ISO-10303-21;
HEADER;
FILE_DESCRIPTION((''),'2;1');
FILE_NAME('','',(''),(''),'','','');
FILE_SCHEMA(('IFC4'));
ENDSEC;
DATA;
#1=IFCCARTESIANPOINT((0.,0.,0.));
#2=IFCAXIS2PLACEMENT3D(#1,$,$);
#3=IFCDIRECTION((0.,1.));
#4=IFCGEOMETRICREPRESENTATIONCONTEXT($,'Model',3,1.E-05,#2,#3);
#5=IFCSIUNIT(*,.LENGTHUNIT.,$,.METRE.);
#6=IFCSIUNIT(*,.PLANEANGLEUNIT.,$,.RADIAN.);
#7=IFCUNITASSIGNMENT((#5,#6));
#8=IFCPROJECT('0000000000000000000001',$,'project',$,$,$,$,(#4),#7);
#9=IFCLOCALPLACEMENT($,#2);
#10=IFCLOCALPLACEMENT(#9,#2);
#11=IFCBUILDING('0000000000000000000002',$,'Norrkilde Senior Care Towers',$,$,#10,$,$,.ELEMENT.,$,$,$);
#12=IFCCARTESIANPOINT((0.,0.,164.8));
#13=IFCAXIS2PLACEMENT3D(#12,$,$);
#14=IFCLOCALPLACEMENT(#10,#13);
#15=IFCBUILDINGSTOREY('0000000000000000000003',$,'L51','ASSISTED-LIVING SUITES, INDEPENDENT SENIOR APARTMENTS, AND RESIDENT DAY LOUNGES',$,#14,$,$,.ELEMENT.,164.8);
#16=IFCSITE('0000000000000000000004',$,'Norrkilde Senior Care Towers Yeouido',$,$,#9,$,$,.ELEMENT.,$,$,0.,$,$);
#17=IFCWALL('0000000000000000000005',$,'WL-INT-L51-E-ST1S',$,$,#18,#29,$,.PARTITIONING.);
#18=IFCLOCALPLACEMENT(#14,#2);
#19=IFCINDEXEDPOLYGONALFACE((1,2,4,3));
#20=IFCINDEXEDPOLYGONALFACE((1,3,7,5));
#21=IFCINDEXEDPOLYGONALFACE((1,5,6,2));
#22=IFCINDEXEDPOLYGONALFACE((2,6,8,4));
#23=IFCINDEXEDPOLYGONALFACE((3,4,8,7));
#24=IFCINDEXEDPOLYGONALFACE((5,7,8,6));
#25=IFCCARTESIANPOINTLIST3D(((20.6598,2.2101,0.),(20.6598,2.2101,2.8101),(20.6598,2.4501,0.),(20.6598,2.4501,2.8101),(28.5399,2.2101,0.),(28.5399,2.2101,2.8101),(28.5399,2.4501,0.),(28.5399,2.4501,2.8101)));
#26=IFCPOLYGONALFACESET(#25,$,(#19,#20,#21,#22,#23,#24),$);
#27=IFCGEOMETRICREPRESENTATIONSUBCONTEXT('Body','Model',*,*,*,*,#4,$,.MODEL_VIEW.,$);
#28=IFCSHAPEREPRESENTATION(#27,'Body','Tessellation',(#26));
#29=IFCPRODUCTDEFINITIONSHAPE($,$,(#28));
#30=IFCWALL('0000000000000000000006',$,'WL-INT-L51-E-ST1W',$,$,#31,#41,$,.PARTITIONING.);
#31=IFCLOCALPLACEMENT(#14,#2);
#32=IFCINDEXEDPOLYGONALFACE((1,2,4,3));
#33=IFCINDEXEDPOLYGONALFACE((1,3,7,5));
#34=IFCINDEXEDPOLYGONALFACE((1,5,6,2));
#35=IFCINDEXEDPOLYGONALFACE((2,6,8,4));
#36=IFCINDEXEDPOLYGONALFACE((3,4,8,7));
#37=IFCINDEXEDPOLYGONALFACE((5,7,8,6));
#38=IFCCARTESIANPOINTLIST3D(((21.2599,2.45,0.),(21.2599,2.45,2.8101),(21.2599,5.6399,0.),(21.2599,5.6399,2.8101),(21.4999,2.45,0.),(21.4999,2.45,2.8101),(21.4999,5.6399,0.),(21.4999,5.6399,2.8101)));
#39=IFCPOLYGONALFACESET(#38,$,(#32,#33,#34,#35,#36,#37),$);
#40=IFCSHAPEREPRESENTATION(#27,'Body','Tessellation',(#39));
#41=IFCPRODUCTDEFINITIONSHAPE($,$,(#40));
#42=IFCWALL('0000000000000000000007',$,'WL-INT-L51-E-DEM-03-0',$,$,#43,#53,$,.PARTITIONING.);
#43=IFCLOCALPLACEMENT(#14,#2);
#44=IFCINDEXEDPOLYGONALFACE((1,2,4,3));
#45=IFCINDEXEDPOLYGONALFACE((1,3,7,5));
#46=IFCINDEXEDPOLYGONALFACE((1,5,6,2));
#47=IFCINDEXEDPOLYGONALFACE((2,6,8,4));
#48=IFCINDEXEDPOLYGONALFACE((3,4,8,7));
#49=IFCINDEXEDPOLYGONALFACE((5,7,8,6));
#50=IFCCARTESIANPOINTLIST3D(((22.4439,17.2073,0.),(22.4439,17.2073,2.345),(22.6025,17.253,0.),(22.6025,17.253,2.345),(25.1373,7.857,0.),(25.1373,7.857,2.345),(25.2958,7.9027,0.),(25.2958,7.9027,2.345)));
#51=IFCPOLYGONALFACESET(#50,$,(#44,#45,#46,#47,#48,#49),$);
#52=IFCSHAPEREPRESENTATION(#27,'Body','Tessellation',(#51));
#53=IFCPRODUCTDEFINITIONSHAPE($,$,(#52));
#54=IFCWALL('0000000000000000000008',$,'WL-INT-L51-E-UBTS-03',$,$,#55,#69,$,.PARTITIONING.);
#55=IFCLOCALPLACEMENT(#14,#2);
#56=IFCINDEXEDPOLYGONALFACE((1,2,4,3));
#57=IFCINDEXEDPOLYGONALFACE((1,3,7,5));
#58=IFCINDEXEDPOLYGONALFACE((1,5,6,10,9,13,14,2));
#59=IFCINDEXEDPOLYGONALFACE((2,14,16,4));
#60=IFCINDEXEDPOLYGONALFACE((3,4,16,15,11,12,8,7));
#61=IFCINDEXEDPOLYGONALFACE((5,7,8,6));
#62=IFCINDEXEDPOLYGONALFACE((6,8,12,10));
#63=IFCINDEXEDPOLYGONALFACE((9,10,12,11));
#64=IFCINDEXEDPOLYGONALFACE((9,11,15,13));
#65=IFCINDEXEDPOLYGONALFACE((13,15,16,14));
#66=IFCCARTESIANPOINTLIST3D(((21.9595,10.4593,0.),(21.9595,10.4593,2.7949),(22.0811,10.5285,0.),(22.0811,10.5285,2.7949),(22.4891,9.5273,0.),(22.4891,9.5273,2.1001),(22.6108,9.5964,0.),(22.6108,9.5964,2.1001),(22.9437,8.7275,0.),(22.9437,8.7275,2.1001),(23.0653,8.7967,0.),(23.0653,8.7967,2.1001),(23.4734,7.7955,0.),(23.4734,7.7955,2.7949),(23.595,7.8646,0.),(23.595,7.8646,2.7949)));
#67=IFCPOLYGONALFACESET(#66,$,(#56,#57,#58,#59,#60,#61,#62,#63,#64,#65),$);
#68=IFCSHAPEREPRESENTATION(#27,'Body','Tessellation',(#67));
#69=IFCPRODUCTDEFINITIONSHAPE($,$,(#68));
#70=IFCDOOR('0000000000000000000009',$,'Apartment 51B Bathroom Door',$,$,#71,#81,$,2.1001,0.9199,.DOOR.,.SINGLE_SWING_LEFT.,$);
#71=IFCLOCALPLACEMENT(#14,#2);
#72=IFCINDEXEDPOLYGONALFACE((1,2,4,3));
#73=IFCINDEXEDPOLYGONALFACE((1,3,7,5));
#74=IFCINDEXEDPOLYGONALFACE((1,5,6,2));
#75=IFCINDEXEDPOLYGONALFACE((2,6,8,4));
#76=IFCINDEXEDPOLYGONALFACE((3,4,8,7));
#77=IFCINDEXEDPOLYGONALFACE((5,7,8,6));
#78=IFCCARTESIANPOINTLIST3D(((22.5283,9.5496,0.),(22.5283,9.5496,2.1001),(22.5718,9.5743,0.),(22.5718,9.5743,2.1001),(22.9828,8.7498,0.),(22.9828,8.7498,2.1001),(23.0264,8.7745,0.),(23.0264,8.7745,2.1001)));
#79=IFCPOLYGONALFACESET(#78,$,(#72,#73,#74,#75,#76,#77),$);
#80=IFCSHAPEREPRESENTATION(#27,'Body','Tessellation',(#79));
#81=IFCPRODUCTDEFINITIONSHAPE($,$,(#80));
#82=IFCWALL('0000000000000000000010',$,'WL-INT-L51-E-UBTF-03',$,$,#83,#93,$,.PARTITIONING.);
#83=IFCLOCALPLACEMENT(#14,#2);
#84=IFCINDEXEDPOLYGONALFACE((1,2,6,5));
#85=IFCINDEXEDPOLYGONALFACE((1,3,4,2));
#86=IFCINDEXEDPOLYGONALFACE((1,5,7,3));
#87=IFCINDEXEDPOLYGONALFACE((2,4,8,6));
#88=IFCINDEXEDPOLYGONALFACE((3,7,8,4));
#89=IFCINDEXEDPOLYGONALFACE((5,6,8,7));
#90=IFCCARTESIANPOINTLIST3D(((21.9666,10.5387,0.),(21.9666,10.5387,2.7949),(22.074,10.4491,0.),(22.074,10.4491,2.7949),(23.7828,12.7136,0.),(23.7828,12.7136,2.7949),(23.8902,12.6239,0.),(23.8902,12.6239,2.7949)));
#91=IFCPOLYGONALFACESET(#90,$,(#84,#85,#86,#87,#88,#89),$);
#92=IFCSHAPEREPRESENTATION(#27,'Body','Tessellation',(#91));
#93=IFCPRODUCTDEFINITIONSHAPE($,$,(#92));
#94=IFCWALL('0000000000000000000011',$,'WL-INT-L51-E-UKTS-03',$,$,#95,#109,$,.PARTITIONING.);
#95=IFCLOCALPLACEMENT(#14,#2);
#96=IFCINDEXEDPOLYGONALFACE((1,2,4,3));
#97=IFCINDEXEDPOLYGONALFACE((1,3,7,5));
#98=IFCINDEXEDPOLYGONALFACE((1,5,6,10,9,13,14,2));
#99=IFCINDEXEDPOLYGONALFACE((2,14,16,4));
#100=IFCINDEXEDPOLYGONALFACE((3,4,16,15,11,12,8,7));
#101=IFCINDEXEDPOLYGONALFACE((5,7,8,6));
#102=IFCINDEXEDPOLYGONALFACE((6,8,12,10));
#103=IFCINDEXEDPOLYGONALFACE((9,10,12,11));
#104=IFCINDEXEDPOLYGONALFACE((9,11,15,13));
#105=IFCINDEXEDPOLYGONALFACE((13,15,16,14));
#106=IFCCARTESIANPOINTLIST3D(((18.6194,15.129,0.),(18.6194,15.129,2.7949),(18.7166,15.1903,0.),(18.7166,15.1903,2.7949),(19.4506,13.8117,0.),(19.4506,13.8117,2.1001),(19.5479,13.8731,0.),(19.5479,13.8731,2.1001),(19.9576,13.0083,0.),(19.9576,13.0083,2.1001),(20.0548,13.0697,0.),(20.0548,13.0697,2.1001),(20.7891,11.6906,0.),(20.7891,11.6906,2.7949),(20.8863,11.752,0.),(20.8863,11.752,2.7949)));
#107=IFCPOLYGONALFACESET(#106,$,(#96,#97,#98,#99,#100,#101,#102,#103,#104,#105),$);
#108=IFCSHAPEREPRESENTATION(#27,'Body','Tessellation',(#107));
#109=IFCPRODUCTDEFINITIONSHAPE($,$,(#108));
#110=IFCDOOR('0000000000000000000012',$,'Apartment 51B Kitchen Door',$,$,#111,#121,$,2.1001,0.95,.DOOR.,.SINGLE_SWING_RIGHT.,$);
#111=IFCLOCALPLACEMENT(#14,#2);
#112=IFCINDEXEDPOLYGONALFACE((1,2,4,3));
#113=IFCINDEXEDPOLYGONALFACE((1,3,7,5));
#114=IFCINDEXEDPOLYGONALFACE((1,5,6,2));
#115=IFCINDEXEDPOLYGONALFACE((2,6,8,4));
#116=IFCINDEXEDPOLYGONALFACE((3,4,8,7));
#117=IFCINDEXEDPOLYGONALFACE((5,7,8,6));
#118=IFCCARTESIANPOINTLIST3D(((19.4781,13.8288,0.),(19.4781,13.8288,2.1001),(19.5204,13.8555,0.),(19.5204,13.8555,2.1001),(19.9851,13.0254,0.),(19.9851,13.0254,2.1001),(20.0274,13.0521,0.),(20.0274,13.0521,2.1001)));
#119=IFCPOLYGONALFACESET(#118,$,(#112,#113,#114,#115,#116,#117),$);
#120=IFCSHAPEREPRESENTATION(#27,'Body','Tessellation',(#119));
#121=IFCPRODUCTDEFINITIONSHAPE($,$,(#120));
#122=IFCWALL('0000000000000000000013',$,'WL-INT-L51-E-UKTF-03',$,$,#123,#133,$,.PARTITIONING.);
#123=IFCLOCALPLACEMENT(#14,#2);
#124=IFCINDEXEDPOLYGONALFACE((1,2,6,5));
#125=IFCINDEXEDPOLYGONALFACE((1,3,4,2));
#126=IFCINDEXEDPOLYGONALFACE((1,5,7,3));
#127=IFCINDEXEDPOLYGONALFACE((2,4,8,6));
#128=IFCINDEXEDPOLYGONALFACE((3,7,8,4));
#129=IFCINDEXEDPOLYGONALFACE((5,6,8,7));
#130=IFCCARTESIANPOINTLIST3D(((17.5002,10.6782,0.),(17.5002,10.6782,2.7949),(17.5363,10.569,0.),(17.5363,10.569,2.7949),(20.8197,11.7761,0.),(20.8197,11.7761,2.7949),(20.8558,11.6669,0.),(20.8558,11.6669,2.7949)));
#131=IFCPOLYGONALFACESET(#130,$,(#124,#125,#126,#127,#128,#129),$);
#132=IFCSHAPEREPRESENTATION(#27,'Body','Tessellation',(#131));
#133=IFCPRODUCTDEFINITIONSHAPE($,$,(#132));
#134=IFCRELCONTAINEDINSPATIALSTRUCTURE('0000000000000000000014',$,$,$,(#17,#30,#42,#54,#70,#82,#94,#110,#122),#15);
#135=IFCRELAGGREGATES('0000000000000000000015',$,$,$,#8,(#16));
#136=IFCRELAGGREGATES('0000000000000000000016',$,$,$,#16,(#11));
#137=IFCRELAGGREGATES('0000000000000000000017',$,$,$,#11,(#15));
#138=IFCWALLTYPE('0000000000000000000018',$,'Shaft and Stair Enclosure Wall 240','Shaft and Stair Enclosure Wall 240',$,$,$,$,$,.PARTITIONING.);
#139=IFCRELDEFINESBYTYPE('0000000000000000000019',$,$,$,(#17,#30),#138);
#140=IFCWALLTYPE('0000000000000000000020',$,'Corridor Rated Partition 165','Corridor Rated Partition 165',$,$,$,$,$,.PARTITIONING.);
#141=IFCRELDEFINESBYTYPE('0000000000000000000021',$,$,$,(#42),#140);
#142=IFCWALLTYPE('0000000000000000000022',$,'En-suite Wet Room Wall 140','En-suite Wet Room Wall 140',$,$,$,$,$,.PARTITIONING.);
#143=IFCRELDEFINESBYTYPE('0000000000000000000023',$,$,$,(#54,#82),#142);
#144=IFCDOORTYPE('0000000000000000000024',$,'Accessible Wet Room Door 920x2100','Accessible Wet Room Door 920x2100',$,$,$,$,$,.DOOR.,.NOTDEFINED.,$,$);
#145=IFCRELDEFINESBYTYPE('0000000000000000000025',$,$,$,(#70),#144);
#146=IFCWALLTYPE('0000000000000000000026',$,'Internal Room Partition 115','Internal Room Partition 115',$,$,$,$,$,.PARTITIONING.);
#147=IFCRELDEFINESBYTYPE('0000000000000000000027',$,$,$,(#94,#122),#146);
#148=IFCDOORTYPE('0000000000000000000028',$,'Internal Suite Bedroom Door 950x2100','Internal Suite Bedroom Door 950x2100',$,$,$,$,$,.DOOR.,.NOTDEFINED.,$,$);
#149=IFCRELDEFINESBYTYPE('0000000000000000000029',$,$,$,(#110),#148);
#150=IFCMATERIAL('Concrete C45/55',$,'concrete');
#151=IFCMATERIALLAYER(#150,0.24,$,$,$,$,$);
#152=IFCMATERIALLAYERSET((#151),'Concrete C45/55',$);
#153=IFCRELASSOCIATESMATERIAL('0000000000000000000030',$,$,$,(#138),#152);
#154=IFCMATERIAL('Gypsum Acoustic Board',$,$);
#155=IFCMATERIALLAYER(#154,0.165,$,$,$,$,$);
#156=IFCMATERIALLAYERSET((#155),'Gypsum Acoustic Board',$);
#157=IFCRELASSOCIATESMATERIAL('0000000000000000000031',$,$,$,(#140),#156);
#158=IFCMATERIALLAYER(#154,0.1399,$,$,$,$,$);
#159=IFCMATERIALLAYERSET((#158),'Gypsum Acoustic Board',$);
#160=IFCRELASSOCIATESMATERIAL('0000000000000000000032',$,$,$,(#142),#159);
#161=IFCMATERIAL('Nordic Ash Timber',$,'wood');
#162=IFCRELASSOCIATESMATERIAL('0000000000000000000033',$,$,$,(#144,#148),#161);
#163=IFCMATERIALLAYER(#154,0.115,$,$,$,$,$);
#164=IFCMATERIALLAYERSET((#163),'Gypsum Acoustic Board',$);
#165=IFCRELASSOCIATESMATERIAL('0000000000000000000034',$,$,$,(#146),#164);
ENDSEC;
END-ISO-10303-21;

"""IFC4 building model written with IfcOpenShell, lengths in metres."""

from ifc_helpers import new_model, si_unit, direction, frame, frame_2d, origin, place, context, subcontext, project, spatial, rectangle, extrude, source, transform, mapped, material, layer, layer_set, type_object, type_shapes, element, fill, save


model = new_model("IFC4")

# Units and contexts
model_context = context("Model", 3, precision=1e-05, world=origin(), true_north=direction((0.0, 1.0)))
body_context = subcontext(model_context, "Body", "Model", "MODEL_VIEW")
ifc_project = project(units=[si_unit("LENGTHUNIT", "METRE"), si_unit("PLANEANGLEUNIT", "RADIAN")], contexts=[model_context])

# Site, building, storey
site_placement = place(None, origin())
site = spatial("IfcSite", under=ifc_project, at=site_placement, Name="Norrkilde Senior Care Towers Yeouido", CompositionType="ELEMENT", RefElevation=0.0)
building_placement = place(site_placement, origin())
building = spatial("IfcBuilding", under=site, at=building_placement, Name="Norrkilde Senior Care Towers", CompositionType="ELEMENT")
storey_placement = place(building_placement, frame((0.0, 0.0, 164.8)))
storey = spatial("IfcBuildingStorey", under=building, at=storey_placement, Name="L51", Description="ASSISTED-LIVING SUITES, INDEPENDENT SENIOR APARTMENTS, AND RESIDENT DAY LOUNGES", CompositionType="ELEMENT", Elevation=164.8)

# Walls
ifc_material_1 = material(Name="Concrete C45/55", Category="concrete")
ifc_layer_1 = layer(ifc_material_1, 0.24)
ifc_layer_set_1 = layer_set([ifc_layer_1], Name="Concrete C45/55")
wall_type_1 = type_object("IfcWallType", Name="Shaft and Stair Enclosure Wall 240", Description="Shaft and Stair Enclosure Wall 240", PredefinedType="PARTITIONING", material=ifc_layer_set_1)
shared_shape_1 = source(origin(), body_context, "Body", "SweptSolid", [
    extrude(rectangle(XDim=7.8801, YDim=0.24, at=frame_2d((3.9399, 0.0))), origin(), (0.0, 0.0, 1.0), 2.8101),
])
wall_1_placement = place(storey_placement, frame((20.6599, 2.3301, 0.0), z_axis=(0.0, 0.0, 1.0), x_axis=(1.0, 0.0, 0.0)))
element("IfcWall", 1, at=wall_1_placement, inside=storey, type_object=wall_type_1, Name="WL-INT-L51-E-ST1S", PredefinedType="PARTITIONING", context=body_context, shape_type="MappedRepresentation", body=[
    mapped(shared_shape_1, transform((0.0, 0.0, 0.0), x_axis=(1.0, 0.0, 0.0), y_axis=(0.0, 1.0, 0.0), z_axis=(0.0, 0.0, 1.0), scale=1.0)),
])
shared_shape_2 = source(origin(), body_context, "Body", "SweptSolid", [
    extrude(rectangle(XDim=3.1899, YDim=0.24, at=frame_2d((1.595, 0.0))), origin(), (0.0, 0.0, 1.0), 2.8101),
])
type_shapes(wall_type_1, [shared_shape_1, shared_shape_2])
wall_2_placement = place(storey_placement, frame((21.3799, 2.45, 0.0), z_axis=(0.0, 0.0, 1.0), x_axis=(0.0, 1.0, 0.0)))
element("IfcWall", 2, at=wall_2_placement, inside=storey, type_object=wall_type_1, Name="WL-INT-L51-E-ST1W", PredefinedType="PARTITIONING", context=body_context, shape_type="MappedRepresentation", body=[
    mapped(shared_shape_2, transform((0.0, 0.0, 0.0), x_axis=(1.0, 0.0, 0.0), y_axis=(0.0, 1.0, 0.0), z_axis=(0.0, 0.0, 1.0), scale=1.0)),
])
ifc_material_2 = material(Name="Gypsum Acoustic Board")
ifc_layer_2 = layer(ifc_material_2, 0.165)
ifc_layer_set_2 = layer_set([ifc_layer_2], Name="Gypsum Acoustic Board")
wall_type_2 = type_object("IfcWallType", Name="Corridor Rated Partition 165", Description="Corridor Rated Partition 165", PredefinedType="PARTITIONING", material=ifc_layer_set_2)
shared_shape_3 = source(origin(), body_context, "Body", "SweptSolid", [
    extrude(rectangle(XDim=9.7305, YDim=0.165, at=frame_2d((4.8652, 0.0))), origin(), (0.0, 0.0, 1.0), 2.345),
])
type_shapes(wall_type_2, [shared_shape_3])
wall_3_placement = place(storey_placement, frame((25.2166, 7.8799, 0.0), z_axis=(0.0, 0.0, 1.0), x_axis=(-0.276795, 0.960929, 0.0)))
element("IfcWall", 3, at=wall_3_placement, inside=storey, type_object=wall_type_2, Name="WL-INT-L51-E-DEM-03-0", PredefinedType="PARTITIONING", context=body_context, shape_type="MappedRepresentation", body=[
    mapped(shared_shape_3, transform((0.0, 0.0, 0.0), x_axis=(1.0, 0.0, 0.0), y_axis=(0.0, 1.0, 0.0), z_axis=(0.0, 0.0, 1.0), scale=1.0)),
])

# Wall, opening, door
ifc_layer_3 = layer(ifc_material_2, 0.1399)
ifc_layer_set_3 = layer_set([ifc_layer_3], Name="Gypsum Acoustic Board")
wall_type_3 = type_object("IfcWallType", Name="En-suite Wet Room Wall 140", Description="En-suite Wet Room Wall 140", PredefinedType="PARTITIONING", material=ifc_layer_set_3)
shared_shape_4 = source(origin(), body_context, "Body", "SweptSolid", [
    extrude(rectangle(XDim=3.064, YDim=0.1399, at=frame_2d((1.532, 0.0))), origin(), (0.0, 0.0, 1.0), 2.7949),
])
wall_4_placement = place(storey_placement, frame((23.5342, 7.8301, 0.0), z_axis=(0.0, 0.0, 1.0), x_axis=(-0.494104, 0.869403, 0.0)))
wall_4 = element("IfcWall", 4, at=wall_4_placement, inside=storey, type_object=wall_type_3, Name="WL-INT-L51-E-UBTS-03", PredefinedType="PARTITIONING", context=body_context, shape_type="MappedRepresentation", body=[
    mapped(shared_shape_4, transform((0.0, 0.0, 0.0), x_axis=(1.0, 0.0, 0.0), y_axis=(0.0, 1.0, 0.0), z_axis=(0.0, 0.0, 1.0), scale=1.0)),
])
opening_1_placement = place(wall_4_placement, frame((1.072, 0.0, 0.0)))
opening_1 = element("IfcOpeningElement", 5, at=opening_1_placement, cuts=wall_4, PredefinedType="OPENING", context=body_context, shape_type="SweptSolid", body=[
    extrude(rectangle(XDim=0.9199, YDim=2.1001, at=frame_2d((0.46, 1.05))), frame((0.0, 0.0798, 0.0), z_axis=(0.0, -1.0, 0.0), x_axis=(1.0, 0.0, 0.0)), (0.0, 0.0, 1.0), 0.1599),
])
ifc_material_3 = material(Name="Nordic Ash Timber", Category="wood")
door_type_1 = type_object("IfcDoorType", Name="Accessible Wet Room Door 920x2100", Description="Accessible Wet Room Door 920x2100", OperationType="NOTDEFINED", PredefinedType="DOOR", material=ifc_material_3)
shared_shape_5 = source(origin(), body_context, "Body", "SweptSolid", [
    extrude(rectangle(XDim=0.9199, YDim=2.1001, at=frame_2d((0.46, 1.05))), frame((0.0, 0.0249, 0.0), z_axis=(0.0, -1.0, 0.0), x_axis=(1.0, 0.0, 0.0)), (0.0, 0.0, 1.0), 0.05),
])
type_shapes(door_type_1, [shared_shape_5])
door_1_placement = place(opening_1_placement, origin())
door_1 = element("IfcDoor", 6, at=door_1_placement, inside=storey, type_object=door_type_1, Name="Apartment 51B Bathroom Door", OperationType="SINGLE_SWING_LEFT", OverallHeight=2.1001, OverallWidth=0.9199, PredefinedType="DOOR", context=body_context, shape_type="MappedRepresentation", body=[
    mapped(shared_shape_5, transform((0.0, 0.0, 0.0), x_axis=(1.0, 0.0, 0.0), y_axis=(0.0, 1.0, 0.0), z_axis=(0.0, 0.0, 1.0), scale=1.0)),
])
fill(opening_1, door_1)

# Wall
shared_shape_6 = source(origin(), body_context, "Body", "SweptSolid", [
    extrude(rectangle(XDim=2.8335, YDim=0.1399, at=frame_2d((1.4167, 0.0))), origin(), (0.0, 0.0, 1.0), 2.7949),
])
type_shapes(wall_type_3, [shared_shape_4, shared_shape_6])
wall_5_placement = place(storey_placement, frame((22.0203, 10.4939, 0.0), z_axis=(0.0, 0.0, 1.0), x_axis=(0.640981, 0.767557, 0.0)))
element("IfcWall", 7, at=wall_5_placement, inside=storey, type_object=wall_type_3, Name="WL-INT-L51-E-UBTF-03", PredefinedType="PARTITIONING", context=body_context, shape_type="MappedRepresentation", body=[
    mapped(shared_shape_6, transform((0.0, 0.0, 0.0), x_axis=(1.0, 0.0, 0.0), y_axis=(0.0, 1.0, 0.0), z_axis=(0.0, 0.0, 1.0), scale=1.0)),
])

# Wall, opening, door
ifc_layer_4 = layer(ifc_material_2, 0.115)
ifc_layer_set_4 = layer_set([ifc_layer_4], Name="Gypsum Acoustic Board")
wall_type_4 = type_object("IfcWallType", Name="Internal Room Partition 115", Description="Internal Room Partition 115", PredefinedType="PARTITIONING", material=ifc_layer_set_4)
shared_shape_7 = source(origin(), body_context, "Body", "SweptSolid", [
    extrude(rectangle(XDim=4.0657, YDim=0.115, at=frame_2d((2.0327, 0.0))), origin(), (0.0, 0.0, 1.0), 2.7949),
])
wall_6_placement = place(storey_placement, frame((20.8376, 11.7214, 0.0), z_axis=(0.0, 0.0, 1.0), x_axis=(-0.53367, 0.845693, 0.0)))
wall_6 = element("IfcWall", 8, at=wall_6_placement, inside=storey, type_object=wall_type_4, Name="WL-INT-L51-E-UKTS-03", PredefinedType="PARTITIONING", context=body_context, shape_type="MappedRepresentation", body=[
    mapped(shared_shape_7, transform((0.0, 0.0, 0.0), x_axis=(1.0, 0.0, 0.0), y_axis=(0.0, 1.0, 0.0), z_axis=(0.0, 0.0, 1.0), scale=1.0)),
])
opening_2_placement = place(wall_6_placement, frame((1.5579, 0.0, 0.0)))
opening_2 = element("IfcOpeningElement", 9, at=opening_2_placement, cuts=wall_6, PredefinedType="OPENING", context=body_context, shape_type="SweptSolid", body=[
    extrude(rectangle(XDim=0.95, YDim=2.1001, at=frame_2d((0.4751, 1.05))), frame((0.0, 0.0674, 0.0), z_axis=(0.0, -1.0, 0.0), x_axis=(1.0, 0.0, 0.0)), (0.0, 0.0, 1.0), 0.135),
])
door_type_2 = type_object("IfcDoorType", Name="Internal Suite Bedroom Door 950x2100", Description="Internal Suite Bedroom Door 950x2100", OperationType="NOTDEFINED", PredefinedType="DOOR", material=ifc_material_3)
shared_shape_8 = source(origin(), body_context, "Body", "SweptSolid", [
    extrude(rectangle(XDim=0.95, YDim=2.1001, at=frame_2d((0.4751, 1.05))), frame((0.0, 0.0249, 0.0), z_axis=(0.0, -1.0, 0.0), x_axis=(1.0, 0.0, 0.0)), (0.0, 0.0, 1.0), 0.05),
])
type_shapes(door_type_2, [shared_shape_8])
door_2_placement = place(opening_2_placement, frame((0.95, 0.0, 0.0), z_axis=(0.0, 0.0, 1.0), x_axis=(-1.0, 0.0, 0.0)))
door_2 = element("IfcDoor", 10, at=door_2_placement, inside=storey, type_object=door_type_2, Name="Apartment 51B Kitchen Door", OperationType="SINGLE_SWING_RIGHT", OverallHeight=2.1001, OverallWidth=0.95, PredefinedType="DOOR", context=body_context, shape_type="MappedRepresentation", body=[
    mapped(shared_shape_8, transform((0.0, 0.0, 0.0), x_axis=(1.0, 0.0, 0.0), y_axis=(0.0, 1.0, 0.0), z_axis=(0.0, 0.0, 1.0), scale=1.0)),
])
fill(opening_2, door_2)

# Wall
shared_shape_9 = source(origin(), body_context, "Body", "SweptSolid", [
    extrude(rectangle(XDim=3.4963, YDim=0.115, at=frame_2d((1.748, 0.0))), origin(), (0.0, 0.0, 1.0), 2.7949),
])
type_shapes(wall_type_4, [shared_shape_7, shared_shape_9])
wall_7_placement = place(storey_placement, frame((20.8376, 11.7214, 0.0), z_axis=(0.0, 0.0, 1.0), x_axis=(-0.949421, -0.314006, 0.0)))
element("IfcWall", 11, at=wall_7_placement, inside=storey, type_object=wall_type_4, Name="WL-INT-L51-E-UKTF-03", PredefinedType="PARTITIONING", context=body_context, shape_type="MappedRepresentation", body=[
    mapped(shared_shape_9, transform((0.0, 0.0, 0.0), x_axis=(1.0, 0.0, 0.0), y_axis=(0.0, 1.0, 0.0), z_axis=(0.0, 0.0, 1.0), scale=1.0)),
])

save(model, "model.ifc")
